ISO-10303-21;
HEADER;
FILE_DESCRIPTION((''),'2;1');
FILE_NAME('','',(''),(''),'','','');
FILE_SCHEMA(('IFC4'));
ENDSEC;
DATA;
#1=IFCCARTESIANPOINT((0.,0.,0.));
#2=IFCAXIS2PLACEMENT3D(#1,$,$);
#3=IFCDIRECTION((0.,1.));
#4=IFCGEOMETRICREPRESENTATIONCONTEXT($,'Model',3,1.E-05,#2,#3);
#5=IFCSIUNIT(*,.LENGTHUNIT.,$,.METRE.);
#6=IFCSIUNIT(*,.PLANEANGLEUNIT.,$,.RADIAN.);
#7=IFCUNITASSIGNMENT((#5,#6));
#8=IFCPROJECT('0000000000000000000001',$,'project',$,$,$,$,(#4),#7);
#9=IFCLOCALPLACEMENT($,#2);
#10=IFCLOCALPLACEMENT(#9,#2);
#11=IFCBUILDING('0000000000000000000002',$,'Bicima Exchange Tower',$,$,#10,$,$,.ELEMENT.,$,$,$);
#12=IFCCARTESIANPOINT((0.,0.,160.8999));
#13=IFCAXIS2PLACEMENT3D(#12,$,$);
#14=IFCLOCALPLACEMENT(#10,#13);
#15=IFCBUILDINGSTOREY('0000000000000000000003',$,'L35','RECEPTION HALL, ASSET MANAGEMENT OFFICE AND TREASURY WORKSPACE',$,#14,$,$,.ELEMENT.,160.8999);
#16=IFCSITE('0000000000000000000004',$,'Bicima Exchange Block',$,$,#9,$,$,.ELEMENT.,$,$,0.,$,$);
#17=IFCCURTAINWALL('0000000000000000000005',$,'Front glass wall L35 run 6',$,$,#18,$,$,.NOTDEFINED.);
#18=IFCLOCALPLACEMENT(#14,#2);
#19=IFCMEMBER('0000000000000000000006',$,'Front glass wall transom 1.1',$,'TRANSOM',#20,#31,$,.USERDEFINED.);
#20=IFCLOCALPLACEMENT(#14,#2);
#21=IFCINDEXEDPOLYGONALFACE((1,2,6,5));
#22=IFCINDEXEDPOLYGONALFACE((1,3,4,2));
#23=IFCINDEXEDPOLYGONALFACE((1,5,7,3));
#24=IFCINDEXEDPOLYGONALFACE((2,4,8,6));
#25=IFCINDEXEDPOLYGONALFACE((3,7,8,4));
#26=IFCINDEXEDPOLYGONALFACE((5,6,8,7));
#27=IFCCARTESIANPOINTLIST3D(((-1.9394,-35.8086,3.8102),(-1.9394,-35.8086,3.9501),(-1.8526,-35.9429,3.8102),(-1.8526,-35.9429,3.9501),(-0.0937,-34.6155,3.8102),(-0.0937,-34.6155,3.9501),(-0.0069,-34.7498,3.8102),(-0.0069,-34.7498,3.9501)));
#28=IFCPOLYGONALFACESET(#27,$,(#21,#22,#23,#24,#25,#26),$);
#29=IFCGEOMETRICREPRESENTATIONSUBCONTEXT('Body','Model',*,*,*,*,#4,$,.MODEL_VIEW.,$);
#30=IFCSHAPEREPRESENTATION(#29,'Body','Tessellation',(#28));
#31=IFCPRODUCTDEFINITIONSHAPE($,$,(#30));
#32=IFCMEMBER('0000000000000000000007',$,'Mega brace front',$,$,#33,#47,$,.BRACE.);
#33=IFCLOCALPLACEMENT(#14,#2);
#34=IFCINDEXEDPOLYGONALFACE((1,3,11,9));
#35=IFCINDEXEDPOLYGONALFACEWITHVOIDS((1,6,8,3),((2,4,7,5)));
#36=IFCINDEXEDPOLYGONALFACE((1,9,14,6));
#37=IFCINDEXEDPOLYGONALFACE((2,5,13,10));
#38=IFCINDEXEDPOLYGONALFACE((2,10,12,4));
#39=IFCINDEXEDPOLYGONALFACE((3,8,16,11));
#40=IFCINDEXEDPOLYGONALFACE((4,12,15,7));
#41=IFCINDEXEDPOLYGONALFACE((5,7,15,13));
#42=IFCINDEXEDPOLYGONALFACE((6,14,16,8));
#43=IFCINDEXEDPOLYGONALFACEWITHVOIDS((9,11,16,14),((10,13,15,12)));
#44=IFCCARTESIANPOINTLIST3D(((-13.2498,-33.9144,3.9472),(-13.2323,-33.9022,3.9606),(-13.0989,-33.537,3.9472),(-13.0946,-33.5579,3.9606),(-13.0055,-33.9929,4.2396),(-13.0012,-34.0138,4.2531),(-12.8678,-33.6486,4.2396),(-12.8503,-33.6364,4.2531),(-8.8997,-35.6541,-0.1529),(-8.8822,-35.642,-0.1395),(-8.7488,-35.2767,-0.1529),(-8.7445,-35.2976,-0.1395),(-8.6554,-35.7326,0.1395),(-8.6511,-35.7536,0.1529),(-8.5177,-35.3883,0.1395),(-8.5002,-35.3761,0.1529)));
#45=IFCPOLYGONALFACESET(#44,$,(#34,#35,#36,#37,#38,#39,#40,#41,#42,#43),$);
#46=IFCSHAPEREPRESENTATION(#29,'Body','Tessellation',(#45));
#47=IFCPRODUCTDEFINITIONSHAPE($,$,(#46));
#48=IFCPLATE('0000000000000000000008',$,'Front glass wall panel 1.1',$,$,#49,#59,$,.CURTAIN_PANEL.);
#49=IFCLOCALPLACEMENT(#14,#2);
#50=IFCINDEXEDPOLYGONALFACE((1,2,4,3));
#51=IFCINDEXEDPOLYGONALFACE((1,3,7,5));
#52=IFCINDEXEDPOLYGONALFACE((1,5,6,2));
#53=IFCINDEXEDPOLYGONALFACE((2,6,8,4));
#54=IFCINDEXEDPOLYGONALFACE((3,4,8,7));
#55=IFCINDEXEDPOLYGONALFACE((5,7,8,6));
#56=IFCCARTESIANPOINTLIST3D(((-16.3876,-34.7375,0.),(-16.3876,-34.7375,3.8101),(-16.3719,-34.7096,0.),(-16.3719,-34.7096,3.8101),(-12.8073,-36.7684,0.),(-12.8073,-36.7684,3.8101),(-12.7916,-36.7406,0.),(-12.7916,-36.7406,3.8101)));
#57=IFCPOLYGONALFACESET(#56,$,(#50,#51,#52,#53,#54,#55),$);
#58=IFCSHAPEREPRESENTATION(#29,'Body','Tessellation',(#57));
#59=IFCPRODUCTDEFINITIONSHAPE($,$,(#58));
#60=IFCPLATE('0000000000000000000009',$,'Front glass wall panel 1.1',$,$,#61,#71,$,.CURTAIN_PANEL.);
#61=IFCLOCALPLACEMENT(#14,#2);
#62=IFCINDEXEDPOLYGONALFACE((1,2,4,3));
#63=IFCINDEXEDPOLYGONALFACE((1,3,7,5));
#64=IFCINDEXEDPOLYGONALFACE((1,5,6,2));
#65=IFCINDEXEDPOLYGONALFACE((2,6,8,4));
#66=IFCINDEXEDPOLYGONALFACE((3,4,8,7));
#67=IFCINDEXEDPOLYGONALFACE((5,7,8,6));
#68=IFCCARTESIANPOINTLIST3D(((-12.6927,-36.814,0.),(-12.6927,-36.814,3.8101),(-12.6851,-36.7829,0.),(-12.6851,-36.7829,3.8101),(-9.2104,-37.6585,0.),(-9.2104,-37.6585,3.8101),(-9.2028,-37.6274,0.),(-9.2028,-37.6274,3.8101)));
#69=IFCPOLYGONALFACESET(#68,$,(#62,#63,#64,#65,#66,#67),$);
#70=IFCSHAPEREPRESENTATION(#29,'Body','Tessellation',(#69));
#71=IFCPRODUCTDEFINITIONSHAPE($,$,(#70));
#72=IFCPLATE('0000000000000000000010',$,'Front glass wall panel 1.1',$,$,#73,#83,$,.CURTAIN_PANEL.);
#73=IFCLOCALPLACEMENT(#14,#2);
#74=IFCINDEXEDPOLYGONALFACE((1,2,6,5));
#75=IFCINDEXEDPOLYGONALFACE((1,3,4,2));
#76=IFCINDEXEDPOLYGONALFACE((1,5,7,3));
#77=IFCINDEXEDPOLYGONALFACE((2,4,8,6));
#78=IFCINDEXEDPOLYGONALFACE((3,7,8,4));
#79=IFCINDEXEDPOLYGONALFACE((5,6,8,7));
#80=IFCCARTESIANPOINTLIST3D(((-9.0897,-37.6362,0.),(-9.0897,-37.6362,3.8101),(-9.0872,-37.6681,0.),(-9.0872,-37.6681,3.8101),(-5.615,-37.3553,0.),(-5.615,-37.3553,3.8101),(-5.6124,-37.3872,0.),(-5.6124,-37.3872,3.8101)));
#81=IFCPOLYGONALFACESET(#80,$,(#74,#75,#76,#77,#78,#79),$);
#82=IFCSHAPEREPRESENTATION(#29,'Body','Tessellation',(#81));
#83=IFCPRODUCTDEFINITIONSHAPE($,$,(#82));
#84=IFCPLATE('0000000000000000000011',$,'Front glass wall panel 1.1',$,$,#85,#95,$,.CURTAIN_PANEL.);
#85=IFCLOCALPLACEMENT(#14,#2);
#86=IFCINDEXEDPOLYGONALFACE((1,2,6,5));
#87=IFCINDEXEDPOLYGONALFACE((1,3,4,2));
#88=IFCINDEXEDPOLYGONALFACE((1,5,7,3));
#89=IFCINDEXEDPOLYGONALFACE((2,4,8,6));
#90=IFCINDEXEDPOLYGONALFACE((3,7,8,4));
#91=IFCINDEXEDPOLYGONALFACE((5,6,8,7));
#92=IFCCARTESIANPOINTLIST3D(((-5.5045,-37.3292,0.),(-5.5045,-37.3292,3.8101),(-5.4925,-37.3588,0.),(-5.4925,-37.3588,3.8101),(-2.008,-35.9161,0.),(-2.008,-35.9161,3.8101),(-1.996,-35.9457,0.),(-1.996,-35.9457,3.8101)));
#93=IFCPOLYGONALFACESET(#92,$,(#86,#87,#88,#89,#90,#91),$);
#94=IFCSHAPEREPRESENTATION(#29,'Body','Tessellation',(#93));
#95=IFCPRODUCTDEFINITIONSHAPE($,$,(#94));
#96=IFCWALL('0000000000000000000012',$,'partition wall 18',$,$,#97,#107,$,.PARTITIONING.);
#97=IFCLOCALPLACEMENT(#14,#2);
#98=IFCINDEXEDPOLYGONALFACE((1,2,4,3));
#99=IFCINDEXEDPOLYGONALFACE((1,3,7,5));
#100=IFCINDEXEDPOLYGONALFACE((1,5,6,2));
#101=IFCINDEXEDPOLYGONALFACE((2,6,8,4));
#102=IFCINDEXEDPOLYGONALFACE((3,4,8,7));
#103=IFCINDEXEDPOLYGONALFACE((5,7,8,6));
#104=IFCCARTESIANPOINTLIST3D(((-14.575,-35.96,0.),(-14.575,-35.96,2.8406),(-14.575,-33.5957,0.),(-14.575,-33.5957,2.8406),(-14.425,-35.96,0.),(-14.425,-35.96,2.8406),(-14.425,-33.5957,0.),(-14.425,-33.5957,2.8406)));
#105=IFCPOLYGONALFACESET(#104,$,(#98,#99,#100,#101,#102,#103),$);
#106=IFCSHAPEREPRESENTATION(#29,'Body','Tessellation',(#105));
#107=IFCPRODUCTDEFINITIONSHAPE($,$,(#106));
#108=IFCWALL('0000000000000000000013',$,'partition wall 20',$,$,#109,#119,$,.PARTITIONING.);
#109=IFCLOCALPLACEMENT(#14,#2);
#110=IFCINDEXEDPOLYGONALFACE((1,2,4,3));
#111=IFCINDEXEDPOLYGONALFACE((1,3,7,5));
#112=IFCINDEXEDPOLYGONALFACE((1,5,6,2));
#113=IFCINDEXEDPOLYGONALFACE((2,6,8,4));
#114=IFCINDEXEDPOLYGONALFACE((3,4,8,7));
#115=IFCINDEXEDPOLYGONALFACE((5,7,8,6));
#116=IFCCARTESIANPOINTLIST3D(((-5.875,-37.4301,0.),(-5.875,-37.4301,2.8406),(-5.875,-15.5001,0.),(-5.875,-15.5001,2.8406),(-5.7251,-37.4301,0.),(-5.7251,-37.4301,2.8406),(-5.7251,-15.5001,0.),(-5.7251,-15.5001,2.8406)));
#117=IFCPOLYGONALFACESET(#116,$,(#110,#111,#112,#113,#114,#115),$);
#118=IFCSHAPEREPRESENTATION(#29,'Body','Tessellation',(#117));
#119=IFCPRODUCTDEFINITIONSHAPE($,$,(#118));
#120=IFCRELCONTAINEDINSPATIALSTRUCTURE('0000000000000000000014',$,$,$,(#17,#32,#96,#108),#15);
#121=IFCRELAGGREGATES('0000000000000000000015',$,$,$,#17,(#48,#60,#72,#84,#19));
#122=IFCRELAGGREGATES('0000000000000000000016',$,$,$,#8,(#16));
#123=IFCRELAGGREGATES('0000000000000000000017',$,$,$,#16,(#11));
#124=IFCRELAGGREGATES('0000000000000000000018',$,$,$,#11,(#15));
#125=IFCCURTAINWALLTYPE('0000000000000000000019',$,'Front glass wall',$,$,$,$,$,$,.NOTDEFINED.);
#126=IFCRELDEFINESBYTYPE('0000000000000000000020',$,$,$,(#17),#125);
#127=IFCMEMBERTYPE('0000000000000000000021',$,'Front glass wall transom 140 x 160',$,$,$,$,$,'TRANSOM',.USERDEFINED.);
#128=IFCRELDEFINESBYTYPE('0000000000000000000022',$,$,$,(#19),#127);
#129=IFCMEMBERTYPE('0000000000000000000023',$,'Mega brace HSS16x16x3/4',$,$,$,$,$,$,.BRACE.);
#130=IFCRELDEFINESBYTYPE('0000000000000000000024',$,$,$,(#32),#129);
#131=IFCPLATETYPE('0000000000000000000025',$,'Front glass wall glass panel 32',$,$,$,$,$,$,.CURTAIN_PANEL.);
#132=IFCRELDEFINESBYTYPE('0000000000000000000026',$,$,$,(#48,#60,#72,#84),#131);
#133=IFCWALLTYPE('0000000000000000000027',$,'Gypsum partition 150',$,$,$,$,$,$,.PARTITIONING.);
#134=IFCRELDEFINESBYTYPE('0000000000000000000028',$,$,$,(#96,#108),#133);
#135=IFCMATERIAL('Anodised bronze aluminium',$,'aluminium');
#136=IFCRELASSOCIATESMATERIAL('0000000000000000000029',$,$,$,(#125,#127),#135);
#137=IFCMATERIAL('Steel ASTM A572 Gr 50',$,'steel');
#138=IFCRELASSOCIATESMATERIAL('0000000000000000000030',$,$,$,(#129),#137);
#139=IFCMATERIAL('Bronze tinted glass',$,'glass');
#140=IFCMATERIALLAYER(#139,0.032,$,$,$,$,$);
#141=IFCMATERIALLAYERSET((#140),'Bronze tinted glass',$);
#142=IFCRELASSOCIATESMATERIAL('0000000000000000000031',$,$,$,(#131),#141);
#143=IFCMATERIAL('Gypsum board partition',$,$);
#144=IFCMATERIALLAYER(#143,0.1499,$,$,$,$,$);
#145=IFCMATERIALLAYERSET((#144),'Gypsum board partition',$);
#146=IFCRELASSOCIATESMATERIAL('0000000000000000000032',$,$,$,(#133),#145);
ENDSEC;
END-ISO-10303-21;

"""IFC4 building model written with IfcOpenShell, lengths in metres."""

from ifc_helpers import new_model, si_unit, direction, frame, frame_2d, origin, origin_2d, place, context, subcontext, project, spatial, rectangle, hollow_rectangle, extrude, material, layer, layer_set, material_profile, profile_set, type_object, element, aggregate, save


model = new_model("IFC4")

# Units and contexts
model_context = context("Model", 3, precision=1e-05, world=origin(), true_north=direction((0.0, 1.0)))
body_context = subcontext(model_context, "Body", "Model", "MODEL_VIEW")
ifc_project = project(units=[si_unit("LENGTHUNIT", "METRE"), si_unit("PLANEANGLEUNIT", "RADIAN")], contexts=[model_context])

# Site, building, storey
site_placement = place(None, origin())
site = spatial("IfcSite", under=ifc_project, at=site_placement, Name="Bicima Exchange Block", CompositionType="ELEMENT", RefElevation=0.0)
building_placement = place(site_placement, origin())
building = spatial("IfcBuilding", under=site, at=building_placement, Name="Bicima Exchange Tower", CompositionType="ELEMENT")
storey_placement = place(building_placement, frame((0.0, 0.0, 160.8999)))
storey = spatial("IfcBuildingStorey", under=building, at=storey_placement, Name="L35", Description="RECEPTION HALL, ASSET MANAGEMENT OFFICE AND TREASURY WORKSPACE", CompositionType="ELEMENT", Elevation=160.8999)

# Shared definitions
ifc_material_1 = material(Name="Steel ASTM A572 Gr 50", Category="steel")

# Curtain wall, member
ifc_material_2 = material(Name="Anodised bronze aluminium", Category="aluminium")
curtain_wall_type = type_object("IfcCurtainWallType", Name="Front glass wall", PredefinedType="NOTDEFINED", material=ifc_material_2)
curtain_wall_placement = place(storey_placement, origin())
curtain_wall = element("IfcCurtainWall", 1, at=curtain_wall_placement, inside=storey, type_object=curtain_wall_type, Name="Front glass wall L35 run 6", PredefinedType="NOTDEFINED")
ifc_material_profile_1 = material_profile(ifc_material_2, rectangle(XDim=0.1599, YDim=0.1399, at=origin_2d()))
ifc_profile_set_1 = profile_set([ifc_material_profile_1], Name="Anodised bronze aluminium")
member_type_1 = type_object("IfcMemberType", Name="Front glass wall transom 140 x 160", ElementType="TRANSOM", PredefinedType="USERDEFINED", material=ifc_profile_set_1)
member_1_placement = place(storey_placement, frame((-1.896, -35.8757, 3.8801), z_axis=(0.839811, 0.542878, 0.0), x_axis=(-0.542878, 0.839811, 0.0)))
member_1 = element("IfcMember", 2, at=member_1_placement, type_object=member_type_1, Name="Front glass wall transom 1.1", ObjectType="TRANSOM", PredefinedType="USERDEFINED", context=body_context, shape_type="SweptSolid", body=[
    extrude(rectangle(XDim=0.1599, YDim=0.1399, at=origin_2d()), origin(), (0.0, 0.0, 1.0), 2.1978),
])

# Member
ifc_material_profile_2 = material_profile(ifc_material_1, hollow_rectangle(XDim=0.4065, YDim=0.4065, WallThickness=0.0178, at=origin_2d()))
ifc_profile_set_2 = profile_set([ifc_material_profile_2], Name="Steel ASTM A572 Gr 50")
member_type_2 = type_object("IfcMemberType", Name="Mega brace HSS16x16x3/4", PredefinedType="BRACE", material=ifc_profile_set_2)
member_2_placement = place(storey_placement, frame((-8.7, -35.5151, 0.0), z_axis=(-0.698719, 0.27944, 0.658563), x_axis=(-0.371337, -0.928498, 0.0)))
element("IfcMember", 3, at=member_2_placement, inside=storey, type_object=member_type_2, Name="Mega brace front", PredefinedType="BRACE", context=body_context, shape_type="SweptSolid", body=[
    extrude(hollow_rectangle(XDim=0.4065, YDim=0.4065, WallThickness=0.0178, at=origin_2d()), origin(), (0.0, 0.0, 1.0), 6.2258),
])

# Plates
ifc_material_3 = material(Name="Bronze tinted glass", Category="glass")
ifc_layer_1 = layer(ifc_material_3, 0.032)
ifc_layer_set_1 = layer_set([ifc_layer_1], Name="Bronze tinted glass")
plate_type = type_object("IfcPlateType", Name="Front glass wall glass panel 32", PredefinedType="CURTAIN_PANEL", material=ifc_layer_set_1)
plate_1_placement = place(storey_placement, frame((-14.5896, -35.739, 0.0), z_axis=(0.0, 0.0, 1.0), x_axis=(0.869805, -0.493395, 0.0)))
plate_1 = element("IfcPlate", 4, at=plate_1_placement, type_object=plate_type, Name="Front glass wall panel 1.1", PredefinedType="CURTAIN_PANEL", context=body_context, shape_type="SweptSolid", body=[
    extrude(rectangle(XDim=4.1162, YDim=0.032, at=origin_2d()), origin(), (0.0, 0.0, 1.0), 3.8101),
])
plate_2_placement = place(storey_placement, frame((-10.9478, -37.2207, 0.0), z_axis=(0.0, 0.0, 1.0), x_axis=(0.97183, -0.235682, 0.0)))
plate_2 = element("IfcPlate", 5, at=plate_2_placement, type_object=plate_type, Name="Front glass wall panel 1.1", PredefinedType="CURTAIN_PANEL", context=body_context, shape_type="SweptSolid", body=[
    extrude(rectangle(XDim=3.5833, YDim=0.032, at=origin_2d()), origin(), (0.0, 0.0, 1.0), 3.8101),
])
plate_3_placement = place(storey_placement, frame((-7.3511, -37.5117, 0.0), z_axis=(0.0, 0.0, 1.0), x_axis=(0.996747, 0.080589, 0.0)))
plate_3 = element("IfcPlate", 6, at=plate_3_placement, type_object=plate_type, Name="Front glass wall panel 1.1", PredefinedType="CURTAIN_PANEL", context=body_context, shape_type="SweptSolid", body=[
    extrude(rectangle(XDim=3.4861, YDim=0.032, at=origin_2d()), origin(), (0.0, 0.0, 1.0), 3.8101),
])
plate_4_placement = place(storey_placement, frame((-3.7502, -36.6375, 0.0), z_axis=(0.0, 0.0, 1.0), x_axis=(0.927144, 0.374705, 0.0)))
plate_4 = element("IfcPlate", 7, at=plate_4_placement, type_object=plate_type, Name="Front glass wall panel 1.1", PredefinedType="CURTAIN_PANEL", context=body_context, shape_type="SweptSolid", body=[
    extrude(rectangle(XDim=3.7712, YDim=0.032, at=origin_2d()), origin(), (0.0, 0.0, 1.0), 3.8101),
])
aggregate(curtain_wall, [plate_1, plate_2, plate_3, plate_4, member_1])

# Walls
ifc_material_4 = material(Name="Gypsum board partition")
ifc_layer_2 = layer(ifc_material_4, 0.1499)
ifc_layer_set_2 = layer_set([ifc_layer_2], Name="Gypsum board partition")
wall_type = type_object("IfcWallType", Name="Gypsum partition 150", PredefinedType="PARTITIONING", material=ifc_layer_set_2)
wall_1_placement = place(storey_placement, frame((-14.5, -35.96, 0.0), z_axis=(0.0, 0.0, 1.0), x_axis=(0.0, 1.0, 0.0)))
element("IfcWall", 8, at=wall_1_placement, inside=storey, type_object=wall_type, Name="partition wall 18", PredefinedType="PARTITIONING", context=body_context, shape_type="SweptSolid", body=[
    extrude(rectangle(XDim=2.3643, YDim=0.1499, at=frame_2d((1.1821, 0.0))), origin(), (0.0, 0.0, 1.0), 2.8406),
])
wall_2_placement = place(storey_placement, frame((-5.8, -37.4299, 0.0), z_axis=(0.0, 0.0, 1.0), x_axis=(0.0, 1.0, 0.0)))
element("IfcWall", 9, at=wall_2_placement, inside=storey, type_object=wall_type, Name="partition wall 20", PredefinedType="PARTITIONING", context=body_context, shape_type="SweptSolid", body=[
    extrude(rectangle(XDim=21.9299, YDim=0.1499, at=frame_2d((10.9648, 0.0))), origin(), (0.0, 0.0, 1.0), 2.8406),
])

save(model, "model.ifc")
